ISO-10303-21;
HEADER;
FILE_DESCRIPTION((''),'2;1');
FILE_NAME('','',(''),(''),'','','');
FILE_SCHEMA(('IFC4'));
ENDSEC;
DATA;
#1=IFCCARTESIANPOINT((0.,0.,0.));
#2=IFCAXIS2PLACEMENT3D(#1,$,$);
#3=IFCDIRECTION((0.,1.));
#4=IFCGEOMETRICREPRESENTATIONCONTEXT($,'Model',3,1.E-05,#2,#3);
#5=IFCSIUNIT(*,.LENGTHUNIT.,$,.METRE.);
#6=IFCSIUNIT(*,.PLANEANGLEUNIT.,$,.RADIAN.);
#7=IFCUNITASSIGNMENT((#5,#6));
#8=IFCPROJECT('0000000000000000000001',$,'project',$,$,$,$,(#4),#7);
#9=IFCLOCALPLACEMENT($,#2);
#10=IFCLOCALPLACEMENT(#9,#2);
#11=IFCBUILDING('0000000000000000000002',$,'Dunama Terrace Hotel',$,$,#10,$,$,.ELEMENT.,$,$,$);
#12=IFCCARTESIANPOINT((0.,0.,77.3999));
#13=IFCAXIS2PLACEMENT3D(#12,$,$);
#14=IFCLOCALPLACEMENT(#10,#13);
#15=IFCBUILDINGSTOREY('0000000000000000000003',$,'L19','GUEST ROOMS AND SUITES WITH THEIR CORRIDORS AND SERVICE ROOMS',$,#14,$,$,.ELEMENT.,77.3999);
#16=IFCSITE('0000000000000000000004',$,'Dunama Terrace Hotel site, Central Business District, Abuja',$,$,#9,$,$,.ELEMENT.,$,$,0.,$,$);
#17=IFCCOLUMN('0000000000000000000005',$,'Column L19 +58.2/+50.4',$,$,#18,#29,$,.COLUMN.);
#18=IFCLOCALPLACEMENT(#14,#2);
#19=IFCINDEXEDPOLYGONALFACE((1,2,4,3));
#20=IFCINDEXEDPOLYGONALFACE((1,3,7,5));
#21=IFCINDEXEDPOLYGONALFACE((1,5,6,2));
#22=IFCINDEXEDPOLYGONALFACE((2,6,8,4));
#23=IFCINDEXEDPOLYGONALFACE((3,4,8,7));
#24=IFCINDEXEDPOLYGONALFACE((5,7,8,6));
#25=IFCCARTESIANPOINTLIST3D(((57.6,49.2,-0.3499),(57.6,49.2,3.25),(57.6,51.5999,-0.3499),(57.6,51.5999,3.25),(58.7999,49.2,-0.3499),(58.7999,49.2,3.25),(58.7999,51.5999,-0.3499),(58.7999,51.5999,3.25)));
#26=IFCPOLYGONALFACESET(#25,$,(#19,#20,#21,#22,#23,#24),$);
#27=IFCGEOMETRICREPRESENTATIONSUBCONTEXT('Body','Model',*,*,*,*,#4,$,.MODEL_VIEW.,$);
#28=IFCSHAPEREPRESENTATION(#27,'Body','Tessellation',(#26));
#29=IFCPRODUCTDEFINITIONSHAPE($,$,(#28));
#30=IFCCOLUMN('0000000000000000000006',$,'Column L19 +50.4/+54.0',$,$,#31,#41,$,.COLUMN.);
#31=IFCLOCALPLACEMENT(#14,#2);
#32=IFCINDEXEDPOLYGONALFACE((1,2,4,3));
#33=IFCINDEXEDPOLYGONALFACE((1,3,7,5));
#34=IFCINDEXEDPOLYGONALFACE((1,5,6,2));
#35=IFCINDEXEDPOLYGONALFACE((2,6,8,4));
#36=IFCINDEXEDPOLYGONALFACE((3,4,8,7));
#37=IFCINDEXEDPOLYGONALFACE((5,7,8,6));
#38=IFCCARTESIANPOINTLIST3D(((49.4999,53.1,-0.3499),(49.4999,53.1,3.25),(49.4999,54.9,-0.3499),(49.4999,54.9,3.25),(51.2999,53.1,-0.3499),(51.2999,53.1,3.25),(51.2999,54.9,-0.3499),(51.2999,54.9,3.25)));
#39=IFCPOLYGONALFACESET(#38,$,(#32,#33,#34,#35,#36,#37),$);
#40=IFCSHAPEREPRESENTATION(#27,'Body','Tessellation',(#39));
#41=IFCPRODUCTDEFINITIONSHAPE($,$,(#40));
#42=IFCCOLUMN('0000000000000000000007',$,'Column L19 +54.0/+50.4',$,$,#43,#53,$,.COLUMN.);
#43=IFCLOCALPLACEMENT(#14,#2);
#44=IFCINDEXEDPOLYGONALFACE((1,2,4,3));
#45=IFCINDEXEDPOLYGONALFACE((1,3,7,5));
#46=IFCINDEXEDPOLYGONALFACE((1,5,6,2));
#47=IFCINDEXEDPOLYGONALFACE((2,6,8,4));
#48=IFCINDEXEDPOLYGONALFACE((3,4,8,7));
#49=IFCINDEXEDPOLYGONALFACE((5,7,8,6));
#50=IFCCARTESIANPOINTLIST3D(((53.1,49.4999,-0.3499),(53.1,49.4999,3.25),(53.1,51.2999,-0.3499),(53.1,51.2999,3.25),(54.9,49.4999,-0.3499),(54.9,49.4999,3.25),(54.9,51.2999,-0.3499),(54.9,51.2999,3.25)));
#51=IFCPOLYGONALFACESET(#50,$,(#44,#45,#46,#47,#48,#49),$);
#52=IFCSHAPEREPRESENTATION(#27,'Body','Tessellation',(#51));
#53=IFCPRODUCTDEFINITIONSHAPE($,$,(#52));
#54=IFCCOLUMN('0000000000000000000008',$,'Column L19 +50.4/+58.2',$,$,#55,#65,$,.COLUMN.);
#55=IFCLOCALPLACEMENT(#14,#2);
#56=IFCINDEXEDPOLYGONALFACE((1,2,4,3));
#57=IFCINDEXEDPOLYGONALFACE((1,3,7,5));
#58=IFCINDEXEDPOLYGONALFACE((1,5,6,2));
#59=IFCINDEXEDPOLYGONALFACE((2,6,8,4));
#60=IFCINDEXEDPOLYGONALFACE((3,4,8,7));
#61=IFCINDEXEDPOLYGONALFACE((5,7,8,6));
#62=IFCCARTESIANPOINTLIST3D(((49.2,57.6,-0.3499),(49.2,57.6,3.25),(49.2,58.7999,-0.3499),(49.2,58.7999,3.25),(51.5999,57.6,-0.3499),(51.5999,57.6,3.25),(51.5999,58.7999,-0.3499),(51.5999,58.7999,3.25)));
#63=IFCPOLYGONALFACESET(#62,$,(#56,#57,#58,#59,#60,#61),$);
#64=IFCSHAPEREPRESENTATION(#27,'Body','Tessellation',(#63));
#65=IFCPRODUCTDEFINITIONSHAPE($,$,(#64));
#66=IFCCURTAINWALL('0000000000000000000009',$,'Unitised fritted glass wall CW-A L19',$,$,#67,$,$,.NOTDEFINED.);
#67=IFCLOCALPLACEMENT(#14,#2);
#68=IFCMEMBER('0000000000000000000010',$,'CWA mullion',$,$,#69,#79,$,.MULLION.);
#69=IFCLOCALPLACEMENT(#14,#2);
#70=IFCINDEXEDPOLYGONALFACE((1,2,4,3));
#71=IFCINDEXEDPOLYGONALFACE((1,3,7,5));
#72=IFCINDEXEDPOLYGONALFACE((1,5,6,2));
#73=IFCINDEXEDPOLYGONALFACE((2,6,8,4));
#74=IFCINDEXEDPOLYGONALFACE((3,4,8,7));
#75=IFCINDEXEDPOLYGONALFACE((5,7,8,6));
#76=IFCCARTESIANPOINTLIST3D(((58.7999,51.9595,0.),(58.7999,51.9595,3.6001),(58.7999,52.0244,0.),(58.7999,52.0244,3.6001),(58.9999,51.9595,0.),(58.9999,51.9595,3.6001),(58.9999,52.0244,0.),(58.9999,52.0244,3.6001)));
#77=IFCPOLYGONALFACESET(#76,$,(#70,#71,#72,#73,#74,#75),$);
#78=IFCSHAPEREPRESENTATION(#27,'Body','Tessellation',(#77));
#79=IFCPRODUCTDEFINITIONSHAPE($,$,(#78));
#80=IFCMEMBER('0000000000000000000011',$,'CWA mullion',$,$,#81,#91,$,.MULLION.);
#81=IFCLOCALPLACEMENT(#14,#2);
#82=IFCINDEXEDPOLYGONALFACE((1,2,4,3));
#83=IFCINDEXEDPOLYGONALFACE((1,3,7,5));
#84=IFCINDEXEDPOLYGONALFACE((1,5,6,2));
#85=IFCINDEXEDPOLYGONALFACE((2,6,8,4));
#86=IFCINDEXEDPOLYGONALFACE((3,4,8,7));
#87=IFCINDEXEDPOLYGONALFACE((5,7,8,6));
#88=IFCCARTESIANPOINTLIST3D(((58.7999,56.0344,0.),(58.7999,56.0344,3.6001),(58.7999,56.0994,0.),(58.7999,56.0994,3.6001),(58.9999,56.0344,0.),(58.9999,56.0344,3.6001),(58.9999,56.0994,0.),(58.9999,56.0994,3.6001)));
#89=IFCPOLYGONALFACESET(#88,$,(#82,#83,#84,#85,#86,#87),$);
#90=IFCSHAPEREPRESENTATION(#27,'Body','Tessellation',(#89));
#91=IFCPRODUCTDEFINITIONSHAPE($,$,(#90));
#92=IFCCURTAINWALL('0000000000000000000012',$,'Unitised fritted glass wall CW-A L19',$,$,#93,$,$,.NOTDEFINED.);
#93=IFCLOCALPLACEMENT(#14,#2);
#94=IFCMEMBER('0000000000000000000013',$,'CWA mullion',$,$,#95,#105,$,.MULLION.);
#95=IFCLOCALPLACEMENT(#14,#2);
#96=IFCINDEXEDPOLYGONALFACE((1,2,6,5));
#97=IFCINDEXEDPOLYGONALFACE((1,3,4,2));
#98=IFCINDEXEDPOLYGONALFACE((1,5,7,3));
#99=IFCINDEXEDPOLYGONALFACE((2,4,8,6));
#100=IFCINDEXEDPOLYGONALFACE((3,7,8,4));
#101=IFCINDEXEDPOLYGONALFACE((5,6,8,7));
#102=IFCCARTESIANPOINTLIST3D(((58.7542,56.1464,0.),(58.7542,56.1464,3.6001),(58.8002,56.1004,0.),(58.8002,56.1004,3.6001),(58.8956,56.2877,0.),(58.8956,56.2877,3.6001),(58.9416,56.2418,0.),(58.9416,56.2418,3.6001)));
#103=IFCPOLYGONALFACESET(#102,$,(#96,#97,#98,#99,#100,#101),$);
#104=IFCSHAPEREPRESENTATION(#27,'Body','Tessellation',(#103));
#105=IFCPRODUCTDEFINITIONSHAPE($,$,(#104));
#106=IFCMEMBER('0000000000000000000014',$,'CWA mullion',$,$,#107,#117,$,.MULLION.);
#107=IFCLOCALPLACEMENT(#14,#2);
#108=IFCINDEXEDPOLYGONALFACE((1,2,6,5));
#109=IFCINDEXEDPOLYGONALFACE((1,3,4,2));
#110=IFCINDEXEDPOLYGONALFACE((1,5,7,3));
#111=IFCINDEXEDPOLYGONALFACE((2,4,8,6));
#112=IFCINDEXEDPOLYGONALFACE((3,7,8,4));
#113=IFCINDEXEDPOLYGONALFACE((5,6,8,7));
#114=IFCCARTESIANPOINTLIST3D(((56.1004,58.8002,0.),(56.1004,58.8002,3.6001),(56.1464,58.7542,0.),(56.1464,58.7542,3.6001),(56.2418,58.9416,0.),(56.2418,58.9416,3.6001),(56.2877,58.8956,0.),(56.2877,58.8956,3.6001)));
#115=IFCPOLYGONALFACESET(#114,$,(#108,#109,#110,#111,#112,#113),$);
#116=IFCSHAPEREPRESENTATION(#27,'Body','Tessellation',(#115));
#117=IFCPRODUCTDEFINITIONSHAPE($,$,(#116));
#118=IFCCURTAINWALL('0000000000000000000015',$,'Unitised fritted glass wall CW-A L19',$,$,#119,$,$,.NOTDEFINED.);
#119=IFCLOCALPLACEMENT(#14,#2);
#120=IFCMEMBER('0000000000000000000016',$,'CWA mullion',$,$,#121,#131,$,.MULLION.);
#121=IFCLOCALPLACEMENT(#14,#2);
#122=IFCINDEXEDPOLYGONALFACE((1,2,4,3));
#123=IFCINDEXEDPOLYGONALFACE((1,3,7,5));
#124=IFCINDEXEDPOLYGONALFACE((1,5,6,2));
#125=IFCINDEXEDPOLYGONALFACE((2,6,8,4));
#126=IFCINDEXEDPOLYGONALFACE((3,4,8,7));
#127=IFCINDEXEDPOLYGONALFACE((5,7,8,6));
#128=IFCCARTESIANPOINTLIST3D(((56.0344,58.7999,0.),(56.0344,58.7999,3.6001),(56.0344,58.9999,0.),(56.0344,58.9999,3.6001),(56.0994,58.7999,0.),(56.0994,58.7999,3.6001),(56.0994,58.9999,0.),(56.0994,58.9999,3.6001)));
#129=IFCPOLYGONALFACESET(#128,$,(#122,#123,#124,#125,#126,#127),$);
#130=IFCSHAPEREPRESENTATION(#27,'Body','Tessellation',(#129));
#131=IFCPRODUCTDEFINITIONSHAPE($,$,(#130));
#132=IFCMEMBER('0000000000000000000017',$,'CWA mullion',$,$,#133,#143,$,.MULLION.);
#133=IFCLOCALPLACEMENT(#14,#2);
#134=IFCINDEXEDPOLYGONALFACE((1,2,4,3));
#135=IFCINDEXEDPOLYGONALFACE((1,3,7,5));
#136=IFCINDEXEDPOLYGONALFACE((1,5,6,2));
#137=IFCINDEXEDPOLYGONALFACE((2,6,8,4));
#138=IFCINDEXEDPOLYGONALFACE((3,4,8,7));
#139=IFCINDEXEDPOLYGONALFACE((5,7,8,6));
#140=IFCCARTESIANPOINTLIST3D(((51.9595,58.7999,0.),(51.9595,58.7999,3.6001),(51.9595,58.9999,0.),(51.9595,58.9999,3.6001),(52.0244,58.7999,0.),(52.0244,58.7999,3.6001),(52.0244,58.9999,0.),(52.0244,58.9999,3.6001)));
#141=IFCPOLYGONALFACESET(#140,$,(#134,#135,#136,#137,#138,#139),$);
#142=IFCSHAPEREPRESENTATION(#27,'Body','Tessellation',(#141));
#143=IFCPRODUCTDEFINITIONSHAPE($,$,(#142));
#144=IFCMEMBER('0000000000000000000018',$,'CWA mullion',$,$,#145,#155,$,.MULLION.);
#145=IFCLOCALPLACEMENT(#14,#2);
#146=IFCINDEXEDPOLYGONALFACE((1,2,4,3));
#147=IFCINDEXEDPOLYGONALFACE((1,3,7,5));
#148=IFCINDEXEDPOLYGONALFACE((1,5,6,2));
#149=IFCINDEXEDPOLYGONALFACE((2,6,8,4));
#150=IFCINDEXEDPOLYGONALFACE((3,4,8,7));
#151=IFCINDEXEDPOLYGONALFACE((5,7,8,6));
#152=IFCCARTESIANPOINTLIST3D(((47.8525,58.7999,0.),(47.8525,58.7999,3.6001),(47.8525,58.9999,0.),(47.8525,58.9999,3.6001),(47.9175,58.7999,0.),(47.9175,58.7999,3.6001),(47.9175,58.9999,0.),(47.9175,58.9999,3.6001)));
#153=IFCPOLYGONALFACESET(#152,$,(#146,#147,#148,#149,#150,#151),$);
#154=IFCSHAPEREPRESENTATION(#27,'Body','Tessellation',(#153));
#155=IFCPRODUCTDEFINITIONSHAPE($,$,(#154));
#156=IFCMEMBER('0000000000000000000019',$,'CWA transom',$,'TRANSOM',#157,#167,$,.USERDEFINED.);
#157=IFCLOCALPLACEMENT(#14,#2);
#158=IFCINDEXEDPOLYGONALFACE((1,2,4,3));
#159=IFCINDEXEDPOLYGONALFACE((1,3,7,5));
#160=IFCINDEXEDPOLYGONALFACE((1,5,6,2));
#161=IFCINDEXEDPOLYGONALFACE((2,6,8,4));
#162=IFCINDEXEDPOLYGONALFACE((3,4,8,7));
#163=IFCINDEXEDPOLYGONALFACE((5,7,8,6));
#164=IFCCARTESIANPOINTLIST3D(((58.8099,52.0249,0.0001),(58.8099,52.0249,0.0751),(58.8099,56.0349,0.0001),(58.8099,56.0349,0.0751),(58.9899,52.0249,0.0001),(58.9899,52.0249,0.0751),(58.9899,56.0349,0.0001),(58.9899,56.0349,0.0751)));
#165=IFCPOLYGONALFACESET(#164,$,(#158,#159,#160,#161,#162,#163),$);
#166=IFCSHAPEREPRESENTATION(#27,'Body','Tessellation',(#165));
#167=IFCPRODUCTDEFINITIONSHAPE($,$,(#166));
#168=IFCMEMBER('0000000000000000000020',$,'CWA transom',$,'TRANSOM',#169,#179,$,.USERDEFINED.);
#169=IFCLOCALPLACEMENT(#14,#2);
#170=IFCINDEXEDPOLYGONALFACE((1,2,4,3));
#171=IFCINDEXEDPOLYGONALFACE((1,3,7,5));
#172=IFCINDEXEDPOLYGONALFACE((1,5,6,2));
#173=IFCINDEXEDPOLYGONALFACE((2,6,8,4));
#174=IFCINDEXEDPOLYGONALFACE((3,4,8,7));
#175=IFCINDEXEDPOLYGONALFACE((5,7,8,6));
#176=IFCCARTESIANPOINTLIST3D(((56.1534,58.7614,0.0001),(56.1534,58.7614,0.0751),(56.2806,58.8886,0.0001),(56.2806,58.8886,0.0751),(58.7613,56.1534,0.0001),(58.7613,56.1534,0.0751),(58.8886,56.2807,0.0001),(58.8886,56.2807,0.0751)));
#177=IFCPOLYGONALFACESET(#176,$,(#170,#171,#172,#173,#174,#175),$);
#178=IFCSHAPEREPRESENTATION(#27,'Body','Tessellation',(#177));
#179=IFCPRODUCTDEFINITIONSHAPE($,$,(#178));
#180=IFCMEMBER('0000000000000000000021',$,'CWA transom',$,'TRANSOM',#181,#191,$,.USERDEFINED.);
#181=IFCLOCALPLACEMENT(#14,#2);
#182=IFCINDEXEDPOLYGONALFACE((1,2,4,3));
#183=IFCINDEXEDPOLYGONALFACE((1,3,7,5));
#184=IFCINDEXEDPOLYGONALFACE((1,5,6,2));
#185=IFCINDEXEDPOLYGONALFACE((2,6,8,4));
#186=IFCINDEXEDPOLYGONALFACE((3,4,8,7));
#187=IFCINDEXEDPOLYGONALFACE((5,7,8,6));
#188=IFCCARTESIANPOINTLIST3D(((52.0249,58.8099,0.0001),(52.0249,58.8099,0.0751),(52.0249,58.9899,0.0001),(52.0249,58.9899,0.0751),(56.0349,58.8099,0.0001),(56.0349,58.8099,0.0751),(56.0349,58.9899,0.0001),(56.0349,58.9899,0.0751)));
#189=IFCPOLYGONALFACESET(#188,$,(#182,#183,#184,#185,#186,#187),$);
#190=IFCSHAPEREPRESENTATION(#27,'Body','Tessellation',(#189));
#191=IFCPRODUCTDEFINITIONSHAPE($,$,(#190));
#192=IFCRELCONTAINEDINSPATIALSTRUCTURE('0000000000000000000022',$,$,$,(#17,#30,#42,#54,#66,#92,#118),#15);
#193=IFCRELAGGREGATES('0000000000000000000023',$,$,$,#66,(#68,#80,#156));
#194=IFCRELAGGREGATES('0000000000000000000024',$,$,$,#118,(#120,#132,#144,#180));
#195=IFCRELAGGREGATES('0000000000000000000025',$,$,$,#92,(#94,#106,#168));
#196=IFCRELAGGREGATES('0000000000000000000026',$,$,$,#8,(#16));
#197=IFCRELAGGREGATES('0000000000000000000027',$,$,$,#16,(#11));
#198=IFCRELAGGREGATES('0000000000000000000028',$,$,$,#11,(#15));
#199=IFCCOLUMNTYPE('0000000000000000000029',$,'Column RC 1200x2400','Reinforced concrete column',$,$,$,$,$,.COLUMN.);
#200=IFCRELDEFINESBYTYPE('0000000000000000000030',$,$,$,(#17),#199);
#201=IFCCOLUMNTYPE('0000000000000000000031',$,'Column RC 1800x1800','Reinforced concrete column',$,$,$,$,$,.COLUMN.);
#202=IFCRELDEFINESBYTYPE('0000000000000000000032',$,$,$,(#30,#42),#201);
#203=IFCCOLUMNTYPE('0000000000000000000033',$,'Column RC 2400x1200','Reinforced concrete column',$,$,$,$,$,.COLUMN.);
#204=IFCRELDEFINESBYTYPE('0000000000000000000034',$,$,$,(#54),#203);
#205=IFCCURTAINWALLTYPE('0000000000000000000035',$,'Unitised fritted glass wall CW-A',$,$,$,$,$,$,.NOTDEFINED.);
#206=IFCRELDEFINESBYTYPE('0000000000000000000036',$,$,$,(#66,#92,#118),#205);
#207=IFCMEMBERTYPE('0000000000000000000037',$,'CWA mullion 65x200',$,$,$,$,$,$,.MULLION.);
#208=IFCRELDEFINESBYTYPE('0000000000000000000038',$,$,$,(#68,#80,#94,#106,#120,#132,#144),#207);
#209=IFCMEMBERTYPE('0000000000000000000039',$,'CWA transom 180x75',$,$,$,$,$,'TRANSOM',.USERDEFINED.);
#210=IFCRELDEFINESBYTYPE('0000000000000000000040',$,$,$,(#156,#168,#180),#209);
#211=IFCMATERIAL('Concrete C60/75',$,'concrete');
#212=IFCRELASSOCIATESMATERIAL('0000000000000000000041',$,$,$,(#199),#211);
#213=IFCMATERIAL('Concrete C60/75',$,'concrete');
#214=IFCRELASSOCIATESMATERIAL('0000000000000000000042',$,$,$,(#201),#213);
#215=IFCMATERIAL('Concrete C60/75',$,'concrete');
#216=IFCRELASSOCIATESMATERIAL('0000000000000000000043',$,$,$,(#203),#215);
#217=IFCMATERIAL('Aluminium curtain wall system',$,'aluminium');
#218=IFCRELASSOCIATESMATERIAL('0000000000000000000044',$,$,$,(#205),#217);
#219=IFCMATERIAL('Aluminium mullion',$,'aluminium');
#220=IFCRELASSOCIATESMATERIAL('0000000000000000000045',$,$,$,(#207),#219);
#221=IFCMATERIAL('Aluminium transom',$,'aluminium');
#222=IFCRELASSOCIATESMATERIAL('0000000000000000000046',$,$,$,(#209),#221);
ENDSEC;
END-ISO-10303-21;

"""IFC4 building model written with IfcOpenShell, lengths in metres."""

from ifc_helpers import new_model, si_unit, direction, frame, origin, origin_2d, place, context, subcontext, project, spatial, rectangle, extrude, material, material_profile, profile_set, type_object, element, aggregate, save


model = new_model("IFC4")

# Units and contexts
model_context = context("Model", 3, precision=1e-05, world=origin(), true_north=direction((0.0, 1.0)))
body_context = subcontext(model_context, "Body", "Model", "MODEL_VIEW")
ifc_project = project(units=[si_unit("LENGTHUNIT", "METRE"), si_unit("PLANEANGLEUNIT", "RADIAN")], contexts=[model_context])

# Site, building, storey
site_placement = place(None, origin())
site = spatial("IfcSite", under=ifc_project, at=site_placement, Name="Dunama Terrace Hotel site, Central Business District, Abuja", CompositionType="ELEMENT", RefElevation=0.0)
building_placement = place(site_placement, origin())
building = spatial("IfcBuilding", under=site, at=building_placement, Name="Dunama Terrace Hotel", CompositionType="ELEMENT")
storey_placement = place(building_placement, frame((0.0, 0.0, 77.3999)))
storey = spatial("IfcBuildingStorey", under=building, at=storey_placement, Name="L19", Description="GUEST ROOMS AND SUITES WITH THEIR CORRIDORS AND SERVICE ROOMS", CompositionType="ELEMENT", Elevation=77.3999)

# Columns
ifc_material_1 = material(Name="Concrete C60/75", Category="concrete")
ifc_material_profile_1 = material_profile(ifc_material_1, rectangle(XDim=1.2, YDim=2.3999, at=origin_2d()), Name="RC 1200x2400")
ifc_profile_set_1 = profile_set([ifc_material_profile_1], Name="Concrete C60/75")
column_type_1 = type_object("IfcColumnType", Name="Column RC 1200x2400", Description="Reinforced concrete column", PredefinedType="COLUMN", material=ifc_profile_set_1)
column_1_placement = place(storey_placement, frame((58.2, 50.3999, -0.3499), z_axis=(0.0, 0.0, 1.0), x_axis=(1.0, 0.0, 0.0)))
element("IfcColumn", 1, at=column_1_placement, inside=storey, type_object=column_type_1, Name="Column L19 +58.2/+50.4", PredefinedType="COLUMN", context=body_context, shape_type="SweptSolid", body=[
    extrude(rectangle(XDim=1.2, YDim=2.3999, at=origin_2d()), origin(), (0.0, 0.0, 1.0), 3.5999),
])
ifc_material_2 = material(Name="Concrete C60/75", Category="concrete")
ifc_material_profile_2 = material_profile(ifc_material_2, rectangle(XDim=1.8, YDim=1.8, at=origin_2d()), Name="RC 1800x1800")
ifc_profile_set_2 = profile_set([ifc_material_profile_2], Name="Concrete C60/75")
column_type_2 = type_object("IfcColumnType", Name="Column RC 1800x1800", Description="Reinforced concrete column", PredefinedType="COLUMN", material=ifc_profile_set_2)
for number, where, z_axis, x_axis, name in (
    (2, (50.3999, 54.0, -0.3499), (0.0, 0.0, 1.0), (1.0, 0.0, 0.0), "Column L19 +50.4/+54.0"),
    (3, (54.0, 50.3999, -0.3499), (0.0, 0.0, 1.0), (1.0, 0.0, 0.0), "Column L19 +54.0/+50.4"),
):
    element("IfcColumn", number, at=place(storey_placement, frame(where, z_axis=z_axis, x_axis=x_axis)), inside=storey, type_object=column_type_2, Name=name, PredefinedType="COLUMN", context=body_context, shape_type="SweptSolid", body=[
        extrude(rectangle(XDim=1.8, YDim=1.8, at=origin_2d()), origin(), (0.0, 0.0, 1.0), 3.5999),
    ])
ifc_material_3 = material(Name="Concrete C60/75", Category="concrete")
ifc_material_profile_3 = material_profile(ifc_material_3, rectangle(XDim=2.3999, YDim=1.2, at=origin_2d()), Name="RC 2400x1200")
ifc_profile_set_3 = profile_set([ifc_material_profile_3], Name="Concrete C60/75")
column_type_3 = type_object("IfcColumnType", Name="Column RC 2400x1200", Description="Reinforced concrete column", PredefinedType="COLUMN", material=ifc_profile_set_3)
column_2_placement = place(storey_placement, frame((50.3999, 58.2, -0.3499), z_axis=(0.0, 0.0, 1.0), x_axis=(1.0, 0.0, 0.0)))
element("IfcColumn", 4, at=column_2_placement, inside=storey, type_object=column_type_3, Name="Column L19 +50.4/+58.2", PredefinedType="COLUMN", context=body_context, shape_type="SweptSolid", body=[
    extrude(rectangle(XDim=2.3999, YDim=1.2, at=origin_2d()), origin(), (0.0, 0.0, 1.0), 3.5999),
])

# Curtain walls, members
ifc_material_4 = material(Name="Aluminium curtain wall system", Category="aluminium")
curtain_wall_type = type_object("IfcCurtainWallType", Name="Unitised fritted glass wall CW-A", PredefinedType="NOTDEFINED", material=ifc_material_4)
curtain_wall_1_placement = place(storey_placement, origin())
curtain_wall_1 = element("IfcCurtainWall", 5, at=curtain_wall_1_placement, inside=storey, type_object=curtain_wall_type, Name="Unitised fritted glass wall CW-A L19", PredefinedType="NOTDEFINED")
ifc_material_5 = material(Name="Aluminium mullion", Category="aluminium")
ifc_material_profile_4 = material_profile(ifc_material_5, rectangle(XDim=0.0649, YDim=0.2, at=origin_2d()), Name="CWA MULLION 65X200")
ifc_profile_set_4 = profile_set([ifc_material_profile_4], Name="Aluminium mullion")
member_type_1 = type_object("IfcMemberType", Name="CWA mullion 65x200", PredefinedType="MULLION", material=ifc_profile_set_4)
member_1_placement = place(storey_placement, frame((58.8999, 51.9919, 0.0), z_axis=(0.0, 0.0, 1.0), x_axis=(0.0, 1.0, 0.0)))
member_1 = element("IfcMember", 6, at=member_1_placement, type_object=member_type_1, Name="CWA mullion", PredefinedType="MULLION", context=body_context, shape_type="SweptSolid", body=[
    extrude(rectangle(XDim=0.0649, YDim=0.2, at=origin_2d()), origin(), (0.0, 0.0, 1.0), 3.6001),
])
member_2_placement = place(storey_placement, frame((58.8999, 56.0669, 0.0), z_axis=(0.0, 0.0, 1.0), x_axis=(0.0, 1.0, 0.0)))
member_2 = element("IfcMember", 7, at=member_2_placement, type_object=member_type_1, Name="CWA mullion", PredefinedType="MULLION", context=body_context, shape_type="SweptSolid", body=[
    extrude(rectangle(XDim=0.0649, YDim=0.2, at=origin_2d()), origin(), (0.0, 0.0, 1.0), 3.6001),
])
curtain_wall_2_placement = place(storey_placement, origin())
curtain_wall_2 = element("IfcCurtainWall", 8, at=curtain_wall_2_placement, inside=storey, type_object=curtain_wall_type, Name="Unitised fritted glass wall CW-A L19", PredefinedType="NOTDEFINED")
member_3_placement = place(storey_placement, frame((58.8479, 56.1941, 0.0), z_axis=(0.0, 0.0, 1.0), x_axis=(-0.707107, 0.707107, 0.0)))
member_3 = element("IfcMember", 9, at=member_3_placement, type_object=member_type_1, Name="CWA mullion", PredefinedType="MULLION", context=body_context, shape_type="SweptSolid", body=[
    extrude(rectangle(XDim=0.0649, YDim=0.2, at=origin_2d()), origin(), (0.0, 0.0, 1.0), 3.6001),
])
member_4_placement = place(storey_placement, frame((56.1941, 58.8479, 0.0), z_axis=(0.0, 0.0, 1.0), x_axis=(-0.707107, 0.707107, 0.0)))
member_4 = element("IfcMember", 10, at=member_4_placement, type_object=member_type_1, Name="CWA mullion", PredefinedType="MULLION", context=body_context, shape_type="SweptSolid", body=[
    extrude(rectangle(XDim=0.0649, YDim=0.2, at=origin_2d()), origin(), (0.0, 0.0, 1.0), 3.6001),
])
curtain_wall_3_placement = place(storey_placement, origin())
curtain_wall_3 = element("IfcCurtainWall", 11, at=curtain_wall_3_placement, inside=storey, type_object=curtain_wall_type, Name="Unitised fritted glass wall CW-A L19", PredefinedType="NOTDEFINED")
member_5_placement = place(storey_placement, frame((56.0669, 58.8999, 0.0), z_axis=(0.0, 0.0, 1.0), x_axis=(-1.0, 0.0, 0.0)))
member_5 = element("IfcMember", 12, at=member_5_placement, type_object=member_type_1, Name="CWA mullion", PredefinedType="MULLION", context=body_context, shape_type="SweptSolid", body=[
    extrude(rectangle(XDim=0.0649, YDim=0.2, at=origin_2d()), origin(), (0.0, 0.0, 1.0), 3.6001),
])
member_6_placement = place(storey_placement, frame((51.9919, 58.8999, 0.0), z_axis=(0.0, 0.0, 1.0), x_axis=(-1.0, 0.0, 0.0)))
member_6 = element("IfcMember", 13, at=member_6_placement, type_object=member_type_1, Name="CWA mullion", PredefinedType="MULLION", context=body_context, shape_type="SweptSolid", body=[
    extrude(rectangle(XDim=0.0649, YDim=0.2, at=origin_2d()), origin(), (0.0, 0.0, 1.0), 3.6001),
])
member_7_placement = place(storey_placement, frame((47.885, 58.8999, 0.0), z_axis=(0.0, 0.0, 1.0), x_axis=(-1.0, 0.0, 0.0)))
member_7 = element("IfcMember", 14, at=member_7_placement, type_object=member_type_1, Name="CWA mullion", PredefinedType="MULLION", context=body_context, shape_type="SweptSolid", body=[
    extrude(rectangle(XDim=0.0649, YDim=0.2, at=origin_2d()), origin(), (0.0, 0.0, 1.0), 3.6001),
])

# Members
ifc_material_6 = material(Name="Aluminium transom", Category="aluminium")
ifc_material_profile_5 = material_profile(ifc_material_6, rectangle(XDim=0.1799, YDim=0.075, at=origin_2d()), Name="CWA TRANSOM 180X75")
ifc_profile_set_5 = profile_set([ifc_material_profile_5], Name="Aluminium transom")
member_type_2 = type_object("IfcMemberType", Name="CWA transom 180x75", ElementType="TRANSOM", PredefinedType="USERDEFINED", material=ifc_profile_set_5)
member_8_placement = place(storey_placement, frame((58.8999, 52.0249, 0.0376), z_axis=(0.0, 1.0, 0.0), x_axis=(-1.0, 0.0, 0.0)))
member_8 = element("IfcMember", 15, at=member_8_placement, type_object=member_type_2, Name="CWA transom", ObjectType="TRANSOM", PredefinedType="USERDEFINED", context=body_context, shape_type="SweptSolid", body=[
    extrude(rectangle(XDim=0.1799, YDim=0.075, at=origin_2d()), origin(), (0.0, 0.0, 1.0), 4.01),
])
member_9_placement = place(storey_placement, frame((58.825, 56.217, 0.0376), z_axis=(-0.707107, 0.707107, 0.0), x_axis=(-0.707107, -0.707107, 0.0)))
member_9 = element("IfcMember", 16, at=member_9_placement, type_object=member_type_2, Name="CWA transom", ObjectType="TRANSOM", PredefinedType="USERDEFINED", context=body_context, shape_type="SweptSolid", body=[
    extrude(rectangle(XDim=0.1799, YDim=0.075, at=origin_2d()), origin(), (0.0, 0.0, 1.0), 3.6882),
])
member_10_placement = place(storey_placement, frame((56.0349, 58.8999, 0.0376), z_axis=(-1.0, 0.0, 0.0), x_axis=(0.0, -1.0, 0.0)))
member_10 = element("IfcMember", 17, at=member_10_placement, type_object=member_type_2, Name="CWA transom", ObjectType="TRANSOM", PredefinedType="USERDEFINED", context=body_context, shape_type="SweptSolid", body=[
    extrude(rectangle(XDim=0.1799, YDim=0.075, at=origin_2d()), origin(), (0.0, 0.0, 1.0), 4.01),
])

aggregate(curtain_wall_1, [member_1, member_2, member_8])
aggregate(curtain_wall_3, [member_5, member_6, member_7, member_10])
aggregate(curtain_wall_2, [member_3, member_4, member_9])

save(model, "model.ifc")
